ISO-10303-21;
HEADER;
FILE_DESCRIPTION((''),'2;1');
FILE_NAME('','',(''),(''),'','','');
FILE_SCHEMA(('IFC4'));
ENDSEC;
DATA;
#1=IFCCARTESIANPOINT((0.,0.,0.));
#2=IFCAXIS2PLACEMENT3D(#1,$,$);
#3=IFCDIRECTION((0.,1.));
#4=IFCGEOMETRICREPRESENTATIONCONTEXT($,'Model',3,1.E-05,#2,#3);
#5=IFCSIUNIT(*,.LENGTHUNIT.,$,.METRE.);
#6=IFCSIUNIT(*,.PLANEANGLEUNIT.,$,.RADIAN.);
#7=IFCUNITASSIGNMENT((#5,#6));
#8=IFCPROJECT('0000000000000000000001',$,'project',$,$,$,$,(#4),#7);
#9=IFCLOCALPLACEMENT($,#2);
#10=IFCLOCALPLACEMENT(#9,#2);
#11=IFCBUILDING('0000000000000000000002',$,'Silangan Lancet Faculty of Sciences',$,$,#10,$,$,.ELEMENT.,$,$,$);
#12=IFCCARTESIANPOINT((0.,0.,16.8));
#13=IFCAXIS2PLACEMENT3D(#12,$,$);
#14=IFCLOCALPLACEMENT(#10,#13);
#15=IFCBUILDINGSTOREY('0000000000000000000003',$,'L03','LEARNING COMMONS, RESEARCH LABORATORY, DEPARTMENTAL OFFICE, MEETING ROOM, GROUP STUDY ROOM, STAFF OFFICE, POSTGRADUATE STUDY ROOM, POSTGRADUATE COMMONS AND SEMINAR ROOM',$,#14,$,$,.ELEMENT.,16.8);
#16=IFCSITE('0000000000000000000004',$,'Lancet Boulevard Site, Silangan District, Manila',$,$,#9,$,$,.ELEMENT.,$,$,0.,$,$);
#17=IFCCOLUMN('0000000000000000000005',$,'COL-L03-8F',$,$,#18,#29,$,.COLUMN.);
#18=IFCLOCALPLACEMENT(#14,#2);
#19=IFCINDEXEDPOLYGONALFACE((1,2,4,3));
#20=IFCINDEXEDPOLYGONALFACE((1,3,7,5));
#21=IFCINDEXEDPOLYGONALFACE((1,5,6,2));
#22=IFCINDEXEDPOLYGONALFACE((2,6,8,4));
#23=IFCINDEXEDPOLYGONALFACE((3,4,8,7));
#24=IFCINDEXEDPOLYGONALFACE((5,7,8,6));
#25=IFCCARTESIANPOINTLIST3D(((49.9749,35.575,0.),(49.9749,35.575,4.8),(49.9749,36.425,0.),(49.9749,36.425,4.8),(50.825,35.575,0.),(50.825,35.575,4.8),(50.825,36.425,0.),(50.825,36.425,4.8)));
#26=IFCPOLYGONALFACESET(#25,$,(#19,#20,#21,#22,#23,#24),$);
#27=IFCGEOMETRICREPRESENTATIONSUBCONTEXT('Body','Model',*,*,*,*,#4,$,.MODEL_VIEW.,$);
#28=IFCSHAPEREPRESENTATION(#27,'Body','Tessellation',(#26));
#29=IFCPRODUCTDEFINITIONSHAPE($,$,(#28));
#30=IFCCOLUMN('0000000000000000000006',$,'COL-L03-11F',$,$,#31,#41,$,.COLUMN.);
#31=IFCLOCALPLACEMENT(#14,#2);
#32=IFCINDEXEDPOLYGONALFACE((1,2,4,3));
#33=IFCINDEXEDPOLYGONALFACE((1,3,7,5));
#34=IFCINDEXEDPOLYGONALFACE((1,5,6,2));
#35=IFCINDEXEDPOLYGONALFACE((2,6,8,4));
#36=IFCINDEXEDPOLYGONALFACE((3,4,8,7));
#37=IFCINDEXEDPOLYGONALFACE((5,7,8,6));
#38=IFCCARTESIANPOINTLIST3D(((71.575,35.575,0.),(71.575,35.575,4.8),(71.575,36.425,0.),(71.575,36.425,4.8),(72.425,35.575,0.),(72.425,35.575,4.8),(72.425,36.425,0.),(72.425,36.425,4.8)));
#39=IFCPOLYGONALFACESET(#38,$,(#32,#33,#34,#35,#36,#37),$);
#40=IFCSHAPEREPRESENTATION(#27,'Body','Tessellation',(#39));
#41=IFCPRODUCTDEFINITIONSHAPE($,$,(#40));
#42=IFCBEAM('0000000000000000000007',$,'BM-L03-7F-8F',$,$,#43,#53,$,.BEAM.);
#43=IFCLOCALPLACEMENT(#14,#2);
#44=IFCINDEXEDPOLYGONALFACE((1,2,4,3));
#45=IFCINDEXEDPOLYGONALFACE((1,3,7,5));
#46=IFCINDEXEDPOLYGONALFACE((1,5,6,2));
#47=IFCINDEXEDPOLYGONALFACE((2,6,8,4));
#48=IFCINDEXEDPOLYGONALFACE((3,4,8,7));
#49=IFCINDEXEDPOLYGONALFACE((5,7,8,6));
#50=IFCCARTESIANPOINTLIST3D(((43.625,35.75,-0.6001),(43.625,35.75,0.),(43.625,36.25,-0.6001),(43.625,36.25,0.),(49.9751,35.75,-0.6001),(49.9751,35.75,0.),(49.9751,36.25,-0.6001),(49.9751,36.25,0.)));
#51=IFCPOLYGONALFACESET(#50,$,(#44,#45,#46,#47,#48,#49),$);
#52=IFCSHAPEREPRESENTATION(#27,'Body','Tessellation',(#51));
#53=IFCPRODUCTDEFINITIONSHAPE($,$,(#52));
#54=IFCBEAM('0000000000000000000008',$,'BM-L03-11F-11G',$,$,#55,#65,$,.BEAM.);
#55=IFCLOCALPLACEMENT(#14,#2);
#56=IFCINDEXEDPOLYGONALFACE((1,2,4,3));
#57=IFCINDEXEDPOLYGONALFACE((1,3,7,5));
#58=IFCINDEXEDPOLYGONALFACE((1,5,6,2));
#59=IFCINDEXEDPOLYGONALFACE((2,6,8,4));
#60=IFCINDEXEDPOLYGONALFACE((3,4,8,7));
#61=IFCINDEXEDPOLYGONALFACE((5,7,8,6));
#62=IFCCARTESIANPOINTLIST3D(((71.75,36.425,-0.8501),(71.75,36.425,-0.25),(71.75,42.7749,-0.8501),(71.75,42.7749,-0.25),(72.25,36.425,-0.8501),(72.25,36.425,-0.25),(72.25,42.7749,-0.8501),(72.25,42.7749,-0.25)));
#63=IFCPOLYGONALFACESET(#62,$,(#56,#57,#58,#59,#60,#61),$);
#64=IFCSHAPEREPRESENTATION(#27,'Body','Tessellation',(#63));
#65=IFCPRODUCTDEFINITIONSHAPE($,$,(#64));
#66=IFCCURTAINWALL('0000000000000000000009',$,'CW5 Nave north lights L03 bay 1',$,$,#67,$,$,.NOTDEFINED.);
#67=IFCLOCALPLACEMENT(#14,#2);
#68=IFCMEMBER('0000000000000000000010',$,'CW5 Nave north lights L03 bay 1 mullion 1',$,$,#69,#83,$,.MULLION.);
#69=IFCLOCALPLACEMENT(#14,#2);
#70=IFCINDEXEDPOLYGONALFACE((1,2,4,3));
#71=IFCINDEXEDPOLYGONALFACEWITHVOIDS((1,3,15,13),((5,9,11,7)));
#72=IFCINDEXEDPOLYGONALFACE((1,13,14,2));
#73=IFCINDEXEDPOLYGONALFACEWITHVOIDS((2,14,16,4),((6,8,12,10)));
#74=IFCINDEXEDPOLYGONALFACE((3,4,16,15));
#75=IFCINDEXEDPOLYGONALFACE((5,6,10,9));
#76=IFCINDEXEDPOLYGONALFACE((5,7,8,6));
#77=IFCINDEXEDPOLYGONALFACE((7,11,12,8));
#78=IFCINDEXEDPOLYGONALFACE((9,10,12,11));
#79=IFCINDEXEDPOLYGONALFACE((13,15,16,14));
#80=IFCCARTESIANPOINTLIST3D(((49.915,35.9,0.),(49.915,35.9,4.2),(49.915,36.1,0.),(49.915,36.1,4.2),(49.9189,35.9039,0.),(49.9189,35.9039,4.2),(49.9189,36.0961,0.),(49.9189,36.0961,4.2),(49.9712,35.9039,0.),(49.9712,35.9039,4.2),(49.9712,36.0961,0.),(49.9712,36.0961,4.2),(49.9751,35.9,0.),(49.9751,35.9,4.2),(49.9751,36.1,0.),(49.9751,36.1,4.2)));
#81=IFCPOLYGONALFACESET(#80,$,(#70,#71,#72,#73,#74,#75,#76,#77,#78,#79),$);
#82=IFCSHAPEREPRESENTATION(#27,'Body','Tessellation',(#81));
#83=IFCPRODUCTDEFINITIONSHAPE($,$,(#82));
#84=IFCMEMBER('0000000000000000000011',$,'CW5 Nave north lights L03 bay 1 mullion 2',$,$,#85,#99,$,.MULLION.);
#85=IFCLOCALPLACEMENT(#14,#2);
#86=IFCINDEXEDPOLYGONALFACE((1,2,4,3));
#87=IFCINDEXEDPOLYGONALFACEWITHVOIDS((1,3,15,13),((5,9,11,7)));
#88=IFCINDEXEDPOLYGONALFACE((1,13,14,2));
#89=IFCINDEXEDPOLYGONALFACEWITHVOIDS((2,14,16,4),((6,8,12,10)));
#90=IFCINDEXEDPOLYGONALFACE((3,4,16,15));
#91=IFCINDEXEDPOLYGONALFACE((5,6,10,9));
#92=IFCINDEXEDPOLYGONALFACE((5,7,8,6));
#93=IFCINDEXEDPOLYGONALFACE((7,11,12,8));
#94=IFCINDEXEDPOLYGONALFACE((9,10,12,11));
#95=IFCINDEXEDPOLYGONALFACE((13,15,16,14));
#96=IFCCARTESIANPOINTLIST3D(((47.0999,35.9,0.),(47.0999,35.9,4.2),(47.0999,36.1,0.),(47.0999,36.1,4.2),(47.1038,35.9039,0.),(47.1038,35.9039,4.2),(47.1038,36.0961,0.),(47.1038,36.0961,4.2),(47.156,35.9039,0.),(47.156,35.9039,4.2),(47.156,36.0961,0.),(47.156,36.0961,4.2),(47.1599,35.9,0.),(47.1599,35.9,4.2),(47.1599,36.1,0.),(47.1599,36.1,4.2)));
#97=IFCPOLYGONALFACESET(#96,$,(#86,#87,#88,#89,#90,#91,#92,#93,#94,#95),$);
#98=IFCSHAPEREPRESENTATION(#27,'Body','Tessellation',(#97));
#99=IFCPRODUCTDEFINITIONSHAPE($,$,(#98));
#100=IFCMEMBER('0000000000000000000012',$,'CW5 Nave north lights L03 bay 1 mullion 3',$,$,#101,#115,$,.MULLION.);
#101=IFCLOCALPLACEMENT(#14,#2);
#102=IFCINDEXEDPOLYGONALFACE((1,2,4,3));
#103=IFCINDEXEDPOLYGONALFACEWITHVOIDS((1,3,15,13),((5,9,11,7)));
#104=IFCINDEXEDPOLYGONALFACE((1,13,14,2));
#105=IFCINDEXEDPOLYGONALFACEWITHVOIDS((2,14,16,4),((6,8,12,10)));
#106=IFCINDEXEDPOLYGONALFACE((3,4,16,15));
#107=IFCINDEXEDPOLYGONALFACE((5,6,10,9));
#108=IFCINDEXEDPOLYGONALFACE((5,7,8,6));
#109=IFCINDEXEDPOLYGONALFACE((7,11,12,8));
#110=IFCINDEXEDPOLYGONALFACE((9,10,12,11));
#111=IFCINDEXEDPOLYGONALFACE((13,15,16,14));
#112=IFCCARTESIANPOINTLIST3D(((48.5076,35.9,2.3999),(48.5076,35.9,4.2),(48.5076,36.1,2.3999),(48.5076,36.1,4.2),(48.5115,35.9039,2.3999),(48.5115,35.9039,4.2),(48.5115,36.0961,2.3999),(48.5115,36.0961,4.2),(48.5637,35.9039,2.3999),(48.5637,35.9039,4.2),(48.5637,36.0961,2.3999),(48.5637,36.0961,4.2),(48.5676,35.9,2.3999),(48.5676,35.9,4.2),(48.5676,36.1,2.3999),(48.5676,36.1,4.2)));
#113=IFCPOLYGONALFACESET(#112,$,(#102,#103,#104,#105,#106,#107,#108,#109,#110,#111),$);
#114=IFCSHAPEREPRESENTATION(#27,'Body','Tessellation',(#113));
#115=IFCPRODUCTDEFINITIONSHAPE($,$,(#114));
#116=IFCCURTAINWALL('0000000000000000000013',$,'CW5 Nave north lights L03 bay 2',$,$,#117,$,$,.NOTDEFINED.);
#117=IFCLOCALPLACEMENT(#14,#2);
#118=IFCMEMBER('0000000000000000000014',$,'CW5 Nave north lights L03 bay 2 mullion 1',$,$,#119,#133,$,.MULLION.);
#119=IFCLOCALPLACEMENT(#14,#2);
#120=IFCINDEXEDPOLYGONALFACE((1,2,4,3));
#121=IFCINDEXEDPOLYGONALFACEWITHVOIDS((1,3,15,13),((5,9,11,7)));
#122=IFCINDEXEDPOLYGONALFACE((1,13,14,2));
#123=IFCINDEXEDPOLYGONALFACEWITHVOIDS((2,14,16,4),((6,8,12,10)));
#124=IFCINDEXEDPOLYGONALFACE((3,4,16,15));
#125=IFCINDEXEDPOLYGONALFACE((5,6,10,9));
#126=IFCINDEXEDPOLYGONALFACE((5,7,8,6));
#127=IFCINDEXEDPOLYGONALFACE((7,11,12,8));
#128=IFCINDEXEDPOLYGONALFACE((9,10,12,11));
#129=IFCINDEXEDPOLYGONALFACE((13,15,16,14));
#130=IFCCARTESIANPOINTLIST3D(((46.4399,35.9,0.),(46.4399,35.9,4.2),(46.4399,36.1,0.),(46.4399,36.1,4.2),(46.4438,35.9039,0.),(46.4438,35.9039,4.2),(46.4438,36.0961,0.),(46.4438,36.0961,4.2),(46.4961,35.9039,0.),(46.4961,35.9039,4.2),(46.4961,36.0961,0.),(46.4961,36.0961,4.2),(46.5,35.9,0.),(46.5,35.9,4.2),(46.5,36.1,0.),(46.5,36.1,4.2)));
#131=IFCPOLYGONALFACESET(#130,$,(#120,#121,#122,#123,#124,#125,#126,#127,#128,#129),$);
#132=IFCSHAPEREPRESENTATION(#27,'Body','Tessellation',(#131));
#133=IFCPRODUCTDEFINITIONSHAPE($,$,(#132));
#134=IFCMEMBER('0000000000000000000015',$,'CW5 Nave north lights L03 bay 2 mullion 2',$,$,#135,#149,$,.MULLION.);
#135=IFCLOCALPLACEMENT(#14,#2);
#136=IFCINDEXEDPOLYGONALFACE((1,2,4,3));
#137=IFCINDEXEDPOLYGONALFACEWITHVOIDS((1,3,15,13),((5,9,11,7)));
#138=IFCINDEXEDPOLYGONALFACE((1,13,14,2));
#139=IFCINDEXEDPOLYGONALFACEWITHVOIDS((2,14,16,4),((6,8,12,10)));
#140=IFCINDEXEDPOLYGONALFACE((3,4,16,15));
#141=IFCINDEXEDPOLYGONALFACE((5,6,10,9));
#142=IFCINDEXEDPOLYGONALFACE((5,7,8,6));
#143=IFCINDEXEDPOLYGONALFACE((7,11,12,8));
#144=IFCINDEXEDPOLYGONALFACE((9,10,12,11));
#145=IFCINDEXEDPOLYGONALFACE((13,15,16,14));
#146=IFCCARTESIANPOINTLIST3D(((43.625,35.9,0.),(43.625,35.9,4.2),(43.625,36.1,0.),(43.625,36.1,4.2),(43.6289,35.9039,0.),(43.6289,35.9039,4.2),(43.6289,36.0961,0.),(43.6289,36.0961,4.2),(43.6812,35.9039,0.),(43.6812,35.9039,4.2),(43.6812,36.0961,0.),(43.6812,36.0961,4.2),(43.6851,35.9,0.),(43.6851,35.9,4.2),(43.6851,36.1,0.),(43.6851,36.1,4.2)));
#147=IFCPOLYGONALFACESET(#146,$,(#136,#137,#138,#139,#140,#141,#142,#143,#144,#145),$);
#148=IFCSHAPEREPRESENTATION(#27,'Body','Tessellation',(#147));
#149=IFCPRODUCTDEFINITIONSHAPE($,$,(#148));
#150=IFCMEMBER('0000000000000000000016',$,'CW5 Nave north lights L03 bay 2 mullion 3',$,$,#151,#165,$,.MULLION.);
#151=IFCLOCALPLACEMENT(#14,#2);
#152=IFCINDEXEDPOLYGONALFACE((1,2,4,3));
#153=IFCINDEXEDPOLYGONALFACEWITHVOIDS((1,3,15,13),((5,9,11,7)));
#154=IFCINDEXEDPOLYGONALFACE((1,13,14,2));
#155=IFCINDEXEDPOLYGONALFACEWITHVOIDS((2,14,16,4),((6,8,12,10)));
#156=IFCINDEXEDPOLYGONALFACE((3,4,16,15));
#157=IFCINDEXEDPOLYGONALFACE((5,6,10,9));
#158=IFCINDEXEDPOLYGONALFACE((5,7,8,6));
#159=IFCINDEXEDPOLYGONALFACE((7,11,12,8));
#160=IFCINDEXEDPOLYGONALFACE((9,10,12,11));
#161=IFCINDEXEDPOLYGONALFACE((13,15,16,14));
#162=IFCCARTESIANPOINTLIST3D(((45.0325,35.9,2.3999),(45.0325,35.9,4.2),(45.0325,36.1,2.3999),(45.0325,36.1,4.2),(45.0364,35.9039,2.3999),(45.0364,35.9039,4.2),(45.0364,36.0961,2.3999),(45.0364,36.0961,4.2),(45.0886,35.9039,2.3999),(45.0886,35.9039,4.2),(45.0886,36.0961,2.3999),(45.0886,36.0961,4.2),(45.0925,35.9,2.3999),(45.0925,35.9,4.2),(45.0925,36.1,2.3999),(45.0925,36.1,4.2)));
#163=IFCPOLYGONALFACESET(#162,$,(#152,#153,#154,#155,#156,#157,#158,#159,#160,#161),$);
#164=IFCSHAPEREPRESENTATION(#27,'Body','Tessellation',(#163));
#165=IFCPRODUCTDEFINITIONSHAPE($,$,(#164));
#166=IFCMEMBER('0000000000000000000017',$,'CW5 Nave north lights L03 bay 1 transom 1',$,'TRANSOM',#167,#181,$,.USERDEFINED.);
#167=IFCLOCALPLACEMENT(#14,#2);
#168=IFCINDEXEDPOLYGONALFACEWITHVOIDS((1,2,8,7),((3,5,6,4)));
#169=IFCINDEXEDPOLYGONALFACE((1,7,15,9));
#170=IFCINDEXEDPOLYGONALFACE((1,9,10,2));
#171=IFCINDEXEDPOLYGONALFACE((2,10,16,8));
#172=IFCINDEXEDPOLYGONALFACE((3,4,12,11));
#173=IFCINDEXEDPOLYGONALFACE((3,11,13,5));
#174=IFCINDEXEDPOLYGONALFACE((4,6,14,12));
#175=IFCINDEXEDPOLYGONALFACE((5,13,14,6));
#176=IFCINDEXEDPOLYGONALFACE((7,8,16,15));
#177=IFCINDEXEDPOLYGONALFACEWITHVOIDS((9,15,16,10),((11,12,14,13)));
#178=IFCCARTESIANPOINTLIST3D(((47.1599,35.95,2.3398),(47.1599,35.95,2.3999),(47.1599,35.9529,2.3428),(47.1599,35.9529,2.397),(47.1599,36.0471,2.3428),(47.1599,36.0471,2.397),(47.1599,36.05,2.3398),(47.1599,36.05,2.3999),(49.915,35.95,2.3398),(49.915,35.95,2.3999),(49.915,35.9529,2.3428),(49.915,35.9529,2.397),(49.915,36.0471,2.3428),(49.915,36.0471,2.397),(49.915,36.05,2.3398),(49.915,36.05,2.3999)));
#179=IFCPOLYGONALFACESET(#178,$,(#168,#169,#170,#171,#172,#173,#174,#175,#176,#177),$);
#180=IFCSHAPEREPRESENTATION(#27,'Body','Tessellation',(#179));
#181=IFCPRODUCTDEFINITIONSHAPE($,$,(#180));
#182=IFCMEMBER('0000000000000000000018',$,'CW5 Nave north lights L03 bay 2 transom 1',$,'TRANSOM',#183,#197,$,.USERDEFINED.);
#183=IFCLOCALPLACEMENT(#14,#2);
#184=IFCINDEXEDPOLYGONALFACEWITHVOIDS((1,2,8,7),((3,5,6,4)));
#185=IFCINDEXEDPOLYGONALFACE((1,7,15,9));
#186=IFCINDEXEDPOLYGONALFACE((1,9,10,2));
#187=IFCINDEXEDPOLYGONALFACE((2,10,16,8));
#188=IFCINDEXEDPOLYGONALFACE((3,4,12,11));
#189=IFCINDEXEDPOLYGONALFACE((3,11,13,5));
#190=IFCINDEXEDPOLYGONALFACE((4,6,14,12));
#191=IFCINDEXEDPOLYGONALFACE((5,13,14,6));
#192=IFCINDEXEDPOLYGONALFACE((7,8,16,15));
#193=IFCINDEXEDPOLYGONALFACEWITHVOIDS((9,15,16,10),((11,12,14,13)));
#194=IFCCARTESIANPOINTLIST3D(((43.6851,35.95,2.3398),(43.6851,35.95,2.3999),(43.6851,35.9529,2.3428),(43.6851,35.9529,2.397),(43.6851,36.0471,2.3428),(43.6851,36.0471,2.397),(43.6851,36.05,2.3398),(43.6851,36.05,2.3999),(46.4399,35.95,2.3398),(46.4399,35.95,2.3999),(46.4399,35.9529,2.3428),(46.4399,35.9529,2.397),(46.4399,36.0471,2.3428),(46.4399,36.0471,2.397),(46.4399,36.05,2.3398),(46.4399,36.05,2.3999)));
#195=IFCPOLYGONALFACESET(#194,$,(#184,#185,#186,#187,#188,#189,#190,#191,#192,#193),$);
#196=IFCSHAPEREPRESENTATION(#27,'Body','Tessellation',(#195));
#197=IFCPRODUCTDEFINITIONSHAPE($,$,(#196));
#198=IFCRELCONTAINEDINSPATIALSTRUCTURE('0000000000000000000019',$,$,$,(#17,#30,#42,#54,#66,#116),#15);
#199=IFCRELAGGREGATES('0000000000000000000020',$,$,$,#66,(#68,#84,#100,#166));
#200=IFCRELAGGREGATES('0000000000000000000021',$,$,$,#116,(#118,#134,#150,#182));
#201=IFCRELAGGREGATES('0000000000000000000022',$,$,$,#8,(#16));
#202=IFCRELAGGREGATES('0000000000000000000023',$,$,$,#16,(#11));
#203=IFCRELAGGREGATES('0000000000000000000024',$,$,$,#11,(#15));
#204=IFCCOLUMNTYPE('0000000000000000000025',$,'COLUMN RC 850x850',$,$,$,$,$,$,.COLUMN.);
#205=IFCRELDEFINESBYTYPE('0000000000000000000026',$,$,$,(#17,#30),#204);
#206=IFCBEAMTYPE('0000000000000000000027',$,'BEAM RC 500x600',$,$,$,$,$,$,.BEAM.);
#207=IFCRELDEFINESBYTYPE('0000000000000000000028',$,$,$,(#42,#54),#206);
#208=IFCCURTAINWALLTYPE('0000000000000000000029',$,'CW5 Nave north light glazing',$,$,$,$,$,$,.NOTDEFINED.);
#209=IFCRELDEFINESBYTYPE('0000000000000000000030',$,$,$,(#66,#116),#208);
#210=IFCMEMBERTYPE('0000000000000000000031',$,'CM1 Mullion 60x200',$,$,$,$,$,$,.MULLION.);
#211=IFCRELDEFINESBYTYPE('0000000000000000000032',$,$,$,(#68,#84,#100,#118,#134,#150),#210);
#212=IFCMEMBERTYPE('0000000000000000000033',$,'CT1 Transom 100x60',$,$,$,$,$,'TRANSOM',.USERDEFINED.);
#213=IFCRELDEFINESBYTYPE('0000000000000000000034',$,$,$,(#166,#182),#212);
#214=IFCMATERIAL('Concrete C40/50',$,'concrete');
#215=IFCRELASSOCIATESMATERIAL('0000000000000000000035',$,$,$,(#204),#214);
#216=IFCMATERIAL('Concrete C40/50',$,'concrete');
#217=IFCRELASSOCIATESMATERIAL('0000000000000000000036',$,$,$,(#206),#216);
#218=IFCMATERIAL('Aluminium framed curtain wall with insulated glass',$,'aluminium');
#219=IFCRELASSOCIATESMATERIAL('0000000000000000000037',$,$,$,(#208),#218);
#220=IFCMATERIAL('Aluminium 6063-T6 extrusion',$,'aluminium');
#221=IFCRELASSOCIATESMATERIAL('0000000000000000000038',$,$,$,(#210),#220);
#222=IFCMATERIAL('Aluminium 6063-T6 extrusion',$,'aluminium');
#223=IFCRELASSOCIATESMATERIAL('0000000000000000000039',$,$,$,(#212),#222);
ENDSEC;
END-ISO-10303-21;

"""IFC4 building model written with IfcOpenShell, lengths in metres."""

from ifc_helpers import new_model, si_unit, direction, frame, origin, origin_2d, place, context, subcontext, project, spatial, rectangle, hollow_rectangle, extrude, material, material_profile, profile_set, type_object, element, aggregate, save


model = new_model("IFC4")

# Units and contexts
model_context = context("Model", 3, precision=1e-05, world=origin(), true_north=direction((0.0, 1.0)))
body_context = subcontext(model_context, "Body", "Model", "MODEL_VIEW")
ifc_project = project(units=[si_unit("LENGTHUNIT", "METRE"), si_unit("PLANEANGLEUNIT", "RADIAN")], contexts=[model_context])

# Site, building, storey
site_placement = place(None, origin())
site = spatial("IfcSite", under=ifc_project, at=site_placement, Name="Lancet Boulevard Site, Silangan District, Manila", CompositionType="ELEMENT", RefElevation=0.0)
building_placement = place(site_placement, origin())
building = spatial("IfcBuilding", under=site, at=building_placement, Name="Silangan Lancet Faculty of Sciences", CompositionType="ELEMENT")
storey_placement = place(building_placement, frame((0.0, 0.0, 16.8)))
storey = spatial("IfcBuildingStorey", under=building, at=storey_placement, Name="L03", Description="LEARNING COMMONS, RESEARCH LABORATORY, DEPARTMENTAL OFFICE, MEETING ROOM, GROUP STUDY ROOM, STAFF OFFICE, POSTGRADUATE STUDY ROOM, POSTGRADUATE COMMONS AND SEMINAR ROOM", CompositionType="ELEMENT", Elevation=16.8)

# Columns
ifc_material_1 = material(Name="Concrete C40/50", Category="concrete")
ifc_material_profile_1 = material_profile(ifc_material_1, rectangle(XDim=0.8501, YDim=0.8501, at=origin_2d()), Name="RC 850x850")
ifc_profile_set_1 = profile_set([ifc_material_profile_1], Name="Concrete C40/50")
column_type = type_object("IfcColumnType", Name="COLUMN RC 850x850", PredefinedType="COLUMN", material=ifc_profile_set_1)
for number, where, z_axis, x_axis, name in (
    (1, (50.3999, 36.0, 0.0), (0.0, 0.0, 1.0), (1.0, 0.0, 0.0), "COL-L03-8F"),
    (2, (72.0, 36.0, 0.0), (0.0, 0.0, 1.0), (1.0, 0.0, 0.0), "COL-L03-11F"),
):
    element("IfcColumn", number, at=place(storey_placement, frame(where, z_axis=z_axis, x_axis=x_axis)), inside=storey, type_object=column_type, Name=name, PredefinedType="COLUMN", context=body_context, shape_type="SweptSolid", body=[
        extrude(rectangle(XDim=0.8501, YDim=0.8501, at=origin_2d()), origin(), (0.0, 0.0, 1.0), 4.8),
    ])

# Beams
ifc_material_2 = material(Name="Concrete C40/50", Category="concrete")
ifc_material_profile_2 = material_profile(ifc_material_2, rectangle(XDim=0.5, YDim=0.6001, at=origin_2d()), Name="RC 500x600")
ifc_profile_set_2 = profile_set([ifc_material_profile_2], Name="Concrete C40/50")
beam_type = type_object("IfcBeamType", Name="BEAM RC 500x600", PredefinedType="BEAM", material=ifc_profile_set_2)
beam_1_placement = place(storey_placement, frame((43.625, 36.0, -0.3), z_axis=(1.0, 0.0, 0.0), x_axis=(0.0, 1.0, 0.0)))
element("IfcBeam", 3, at=beam_1_placement, inside=storey, type_object=beam_type, Name="BM-L03-7F-8F", PredefinedType="BEAM", context=body_context, shape_type="SweptSolid", body=[
    extrude(rectangle(XDim=0.5, YDim=0.6001, at=origin_2d()), origin(), (0.0, 0.0, 1.0), 6.3501),
])
beam_2_placement = place(storey_placement, frame((72.0, 36.425, -0.55), z_axis=(0.0, 1.0, 0.0), x_axis=(-1.0, 0.0, 0.0)))
element("IfcBeam", 4, at=beam_2_placement, inside=storey, type_object=beam_type, Name="BM-L03-11F-11G", PredefinedType="BEAM", context=body_context, shape_type="SweptSolid", body=[
    extrude(rectangle(XDim=0.5, YDim=0.6001, at=origin_2d()), origin(), (0.0, 0.0, 1.0), 6.3499),
])

# Curtain walls, members
ifc_material_3 = material(Name="Aluminium framed curtain wall with insulated glass", Category="aluminium")
curtain_wall_type = type_object("IfcCurtainWallType", Name="CW5 Nave north light glazing", PredefinedType="NOTDEFINED", material=ifc_material_3)
curtain_wall_1_placement = place(storey_placement, origin())
curtain_wall_1 = element("IfcCurtainWall", 5, at=curtain_wall_1_placement, inside=storey, type_object=curtain_wall_type, Name="CW5 Nave north lights L03 bay 1", PredefinedType="NOTDEFINED")
ifc_material_4 = material(Name="Aluminium 6063-T6 extrusion", Category="aluminium")
ifc_material_profile_3 = material_profile(ifc_material_4, hollow_rectangle(XDim=0.0601, YDim=0.2, WallThickness=0.0039, at=origin_2d()), Name="AL BOX 60x200x4")
ifc_profile_set_3 = profile_set([ifc_material_profile_3], Name="Aluminium 6063-T6 extrusion")
member_type_1 = type_object("IfcMemberType", Name="CM1 Mullion 60x200", PredefinedType="MULLION", material=ifc_profile_set_3)
member_1_placement = place(storey_placement, frame((49.9451, 36.0, 0.0), z_axis=(0.0, 0.0, 1.0), x_axis=(-1.0, 0.0, 0.0)))
member_1 = element("IfcMember", 6, at=member_1_placement, type_object=member_type_1, Name="CW5 Nave north lights L03 bay 1 mullion 1", PredefinedType="MULLION", context=body_context, shape_type="SweptSolid", body=[
    extrude(hollow_rectangle(XDim=0.0601, YDim=0.2, WallThickness=0.0039, at=origin_2d()), origin(), (0.0, 0.0, 1.0), 4.2),
])
member_2_placement = place(storey_placement, frame((47.1299, 36.0, 0.0), z_axis=(0.0, 0.0, 1.0), x_axis=(-1.0, 0.0, 0.0)))
member_2 = element("IfcMember", 7, at=member_2_placement, type_object=member_type_1, Name="CW5 Nave north lights L03 bay 1 mullion 2", PredefinedType="MULLION", context=body_context, shape_type="SweptSolid", body=[
    extrude(hollow_rectangle(XDim=0.0601, YDim=0.2, WallThickness=0.0039, at=origin_2d()), origin(), (0.0, 0.0, 1.0), 4.2),
])
member_3_placement = place(storey_placement, frame((48.5376, 36.0, 2.3999), z_axis=(0.0, 0.0, 1.0), x_axis=(-1.0, 0.0, 0.0)))
member_3 = element("IfcMember", 8, at=member_3_placement, type_object=member_type_1, Name="CW5 Nave north lights L03 bay 1 mullion 3", PredefinedType="MULLION", context=body_context, shape_type="SweptSolid", body=[
    extrude(hollow_rectangle(XDim=0.0601, YDim=0.2, WallThickness=0.0039, at=origin_2d()), origin(), (0.0, 0.0, 1.0), 1.8),
])
curtain_wall_2_placement = place(storey_placement, origin())
curtain_wall_2 = element("IfcCurtainWall", 9, at=curtain_wall_2_placement, inside=storey, type_object=curtain_wall_type, Name="CW5 Nave north lights L03 bay 2", PredefinedType="NOTDEFINED")
member_4_placement = place(storey_placement, frame((46.47, 36.0, 0.0), z_axis=(0.0, 0.0, 1.0), x_axis=(-1.0, 0.0, 0.0)))
member_4 = element("IfcMember", 10, at=member_4_placement, type_object=member_type_1, Name="CW5 Nave north lights L03 bay 2 mullion 1", PredefinedType="MULLION", context=body_context, shape_type="SweptSolid", body=[
    extrude(hollow_rectangle(XDim=0.0601, YDim=0.2, WallThickness=0.0039, at=origin_2d()), origin(), (0.0, 0.0, 1.0), 4.2),
])
member_5_placement = place(storey_placement, frame((43.655, 36.0, 0.0), z_axis=(0.0, 0.0, 1.0), x_axis=(-1.0, 0.0, 0.0)))
member_5 = element("IfcMember", 11, at=member_5_placement, type_object=member_type_1, Name="CW5 Nave north lights L03 bay 2 mullion 2", PredefinedType="MULLION", context=body_context, shape_type="SweptSolid", body=[
    extrude(hollow_rectangle(XDim=0.0601, YDim=0.2, WallThickness=0.0039, at=origin_2d()), origin(), (0.0, 0.0, 1.0), 4.2),
])
member_6_placement = place(storey_placement, frame((45.0625, 36.0, 2.3999), z_axis=(0.0, 0.0, 1.0), x_axis=(-1.0, 0.0, 0.0)))
member_6 = element("IfcMember", 12, at=member_6_placement, type_object=member_type_1, Name="CW5 Nave north lights L03 bay 2 mullion 3", PredefinedType="MULLION", context=body_context, shape_type="SweptSolid", body=[
    extrude(hollow_rectangle(XDim=0.0601, YDim=0.2, WallThickness=0.0039, at=origin_2d()), origin(), (0.0, 0.0, 1.0), 1.8),
])

# Members
ifc_material_5 = material(Name="Aluminium 6063-T6 extrusion", Category="aluminium")
ifc_material_profile_4 = material_profile(ifc_material_5, hollow_rectangle(XDim=0.1001, YDim=0.0601, WallThickness=0.0029, at=origin_2d()), Name="AL BOX 100x60x3")
ifc_profile_set_4 = profile_set([ifc_material_profile_4], Name="Aluminium 6063-T6 extrusion")
member_type_2 = type_object("IfcMemberType", Name="CT1 Transom 100x60", ElementType="TRANSOM", PredefinedType="USERDEFINED", material=ifc_profile_set_4)
member_7_placement = place(storey_placement, frame((49.915, 36.0, 2.3699), z_axis=(-1.0, 0.0, 0.0), x_axis=(0.0, -1.0, 0.0)))
member_7 = element("IfcMember", 13, at=member_7_placement, type_object=member_type_2, Name="CW5 Nave north lights L03 bay 1 transom 1", ObjectType="TRANSOM", PredefinedType="USERDEFINED", context=body_context, shape_type="SweptSolid", body=[
    extrude(hollow_rectangle(XDim=0.1001, YDim=0.0601, WallThickness=0.0029, at=origin_2d()), origin(), (0.0, 0.0, 1.0), 2.7551),
])
member_8_placement = place(storey_placement, frame((46.4399, 36.0, 2.3699), z_axis=(-1.0, 0.0, 0.0), x_axis=(0.0, -1.0, 0.0)))
member_8 = element("IfcMember", 14, at=member_8_placement, type_object=member_type_2, Name="CW5 Nave north lights L03 bay 2 transom 1", ObjectType="TRANSOM", PredefinedType="USERDEFINED", context=body_context, shape_type="SweptSolid", body=[
    extrude(hollow_rectangle(XDim=0.1001, YDim=0.0601, WallThickness=0.0029, at=origin_2d()), origin(), (0.0, 0.0, 1.0), 2.7549),
])

aggregate(curtain_wall_1, [member_1, member_2, member_3, member_7])
aggregate(curtain_wall_2, [member_4, member_5, member_6, member_8])

save(model, "model.ifc")
